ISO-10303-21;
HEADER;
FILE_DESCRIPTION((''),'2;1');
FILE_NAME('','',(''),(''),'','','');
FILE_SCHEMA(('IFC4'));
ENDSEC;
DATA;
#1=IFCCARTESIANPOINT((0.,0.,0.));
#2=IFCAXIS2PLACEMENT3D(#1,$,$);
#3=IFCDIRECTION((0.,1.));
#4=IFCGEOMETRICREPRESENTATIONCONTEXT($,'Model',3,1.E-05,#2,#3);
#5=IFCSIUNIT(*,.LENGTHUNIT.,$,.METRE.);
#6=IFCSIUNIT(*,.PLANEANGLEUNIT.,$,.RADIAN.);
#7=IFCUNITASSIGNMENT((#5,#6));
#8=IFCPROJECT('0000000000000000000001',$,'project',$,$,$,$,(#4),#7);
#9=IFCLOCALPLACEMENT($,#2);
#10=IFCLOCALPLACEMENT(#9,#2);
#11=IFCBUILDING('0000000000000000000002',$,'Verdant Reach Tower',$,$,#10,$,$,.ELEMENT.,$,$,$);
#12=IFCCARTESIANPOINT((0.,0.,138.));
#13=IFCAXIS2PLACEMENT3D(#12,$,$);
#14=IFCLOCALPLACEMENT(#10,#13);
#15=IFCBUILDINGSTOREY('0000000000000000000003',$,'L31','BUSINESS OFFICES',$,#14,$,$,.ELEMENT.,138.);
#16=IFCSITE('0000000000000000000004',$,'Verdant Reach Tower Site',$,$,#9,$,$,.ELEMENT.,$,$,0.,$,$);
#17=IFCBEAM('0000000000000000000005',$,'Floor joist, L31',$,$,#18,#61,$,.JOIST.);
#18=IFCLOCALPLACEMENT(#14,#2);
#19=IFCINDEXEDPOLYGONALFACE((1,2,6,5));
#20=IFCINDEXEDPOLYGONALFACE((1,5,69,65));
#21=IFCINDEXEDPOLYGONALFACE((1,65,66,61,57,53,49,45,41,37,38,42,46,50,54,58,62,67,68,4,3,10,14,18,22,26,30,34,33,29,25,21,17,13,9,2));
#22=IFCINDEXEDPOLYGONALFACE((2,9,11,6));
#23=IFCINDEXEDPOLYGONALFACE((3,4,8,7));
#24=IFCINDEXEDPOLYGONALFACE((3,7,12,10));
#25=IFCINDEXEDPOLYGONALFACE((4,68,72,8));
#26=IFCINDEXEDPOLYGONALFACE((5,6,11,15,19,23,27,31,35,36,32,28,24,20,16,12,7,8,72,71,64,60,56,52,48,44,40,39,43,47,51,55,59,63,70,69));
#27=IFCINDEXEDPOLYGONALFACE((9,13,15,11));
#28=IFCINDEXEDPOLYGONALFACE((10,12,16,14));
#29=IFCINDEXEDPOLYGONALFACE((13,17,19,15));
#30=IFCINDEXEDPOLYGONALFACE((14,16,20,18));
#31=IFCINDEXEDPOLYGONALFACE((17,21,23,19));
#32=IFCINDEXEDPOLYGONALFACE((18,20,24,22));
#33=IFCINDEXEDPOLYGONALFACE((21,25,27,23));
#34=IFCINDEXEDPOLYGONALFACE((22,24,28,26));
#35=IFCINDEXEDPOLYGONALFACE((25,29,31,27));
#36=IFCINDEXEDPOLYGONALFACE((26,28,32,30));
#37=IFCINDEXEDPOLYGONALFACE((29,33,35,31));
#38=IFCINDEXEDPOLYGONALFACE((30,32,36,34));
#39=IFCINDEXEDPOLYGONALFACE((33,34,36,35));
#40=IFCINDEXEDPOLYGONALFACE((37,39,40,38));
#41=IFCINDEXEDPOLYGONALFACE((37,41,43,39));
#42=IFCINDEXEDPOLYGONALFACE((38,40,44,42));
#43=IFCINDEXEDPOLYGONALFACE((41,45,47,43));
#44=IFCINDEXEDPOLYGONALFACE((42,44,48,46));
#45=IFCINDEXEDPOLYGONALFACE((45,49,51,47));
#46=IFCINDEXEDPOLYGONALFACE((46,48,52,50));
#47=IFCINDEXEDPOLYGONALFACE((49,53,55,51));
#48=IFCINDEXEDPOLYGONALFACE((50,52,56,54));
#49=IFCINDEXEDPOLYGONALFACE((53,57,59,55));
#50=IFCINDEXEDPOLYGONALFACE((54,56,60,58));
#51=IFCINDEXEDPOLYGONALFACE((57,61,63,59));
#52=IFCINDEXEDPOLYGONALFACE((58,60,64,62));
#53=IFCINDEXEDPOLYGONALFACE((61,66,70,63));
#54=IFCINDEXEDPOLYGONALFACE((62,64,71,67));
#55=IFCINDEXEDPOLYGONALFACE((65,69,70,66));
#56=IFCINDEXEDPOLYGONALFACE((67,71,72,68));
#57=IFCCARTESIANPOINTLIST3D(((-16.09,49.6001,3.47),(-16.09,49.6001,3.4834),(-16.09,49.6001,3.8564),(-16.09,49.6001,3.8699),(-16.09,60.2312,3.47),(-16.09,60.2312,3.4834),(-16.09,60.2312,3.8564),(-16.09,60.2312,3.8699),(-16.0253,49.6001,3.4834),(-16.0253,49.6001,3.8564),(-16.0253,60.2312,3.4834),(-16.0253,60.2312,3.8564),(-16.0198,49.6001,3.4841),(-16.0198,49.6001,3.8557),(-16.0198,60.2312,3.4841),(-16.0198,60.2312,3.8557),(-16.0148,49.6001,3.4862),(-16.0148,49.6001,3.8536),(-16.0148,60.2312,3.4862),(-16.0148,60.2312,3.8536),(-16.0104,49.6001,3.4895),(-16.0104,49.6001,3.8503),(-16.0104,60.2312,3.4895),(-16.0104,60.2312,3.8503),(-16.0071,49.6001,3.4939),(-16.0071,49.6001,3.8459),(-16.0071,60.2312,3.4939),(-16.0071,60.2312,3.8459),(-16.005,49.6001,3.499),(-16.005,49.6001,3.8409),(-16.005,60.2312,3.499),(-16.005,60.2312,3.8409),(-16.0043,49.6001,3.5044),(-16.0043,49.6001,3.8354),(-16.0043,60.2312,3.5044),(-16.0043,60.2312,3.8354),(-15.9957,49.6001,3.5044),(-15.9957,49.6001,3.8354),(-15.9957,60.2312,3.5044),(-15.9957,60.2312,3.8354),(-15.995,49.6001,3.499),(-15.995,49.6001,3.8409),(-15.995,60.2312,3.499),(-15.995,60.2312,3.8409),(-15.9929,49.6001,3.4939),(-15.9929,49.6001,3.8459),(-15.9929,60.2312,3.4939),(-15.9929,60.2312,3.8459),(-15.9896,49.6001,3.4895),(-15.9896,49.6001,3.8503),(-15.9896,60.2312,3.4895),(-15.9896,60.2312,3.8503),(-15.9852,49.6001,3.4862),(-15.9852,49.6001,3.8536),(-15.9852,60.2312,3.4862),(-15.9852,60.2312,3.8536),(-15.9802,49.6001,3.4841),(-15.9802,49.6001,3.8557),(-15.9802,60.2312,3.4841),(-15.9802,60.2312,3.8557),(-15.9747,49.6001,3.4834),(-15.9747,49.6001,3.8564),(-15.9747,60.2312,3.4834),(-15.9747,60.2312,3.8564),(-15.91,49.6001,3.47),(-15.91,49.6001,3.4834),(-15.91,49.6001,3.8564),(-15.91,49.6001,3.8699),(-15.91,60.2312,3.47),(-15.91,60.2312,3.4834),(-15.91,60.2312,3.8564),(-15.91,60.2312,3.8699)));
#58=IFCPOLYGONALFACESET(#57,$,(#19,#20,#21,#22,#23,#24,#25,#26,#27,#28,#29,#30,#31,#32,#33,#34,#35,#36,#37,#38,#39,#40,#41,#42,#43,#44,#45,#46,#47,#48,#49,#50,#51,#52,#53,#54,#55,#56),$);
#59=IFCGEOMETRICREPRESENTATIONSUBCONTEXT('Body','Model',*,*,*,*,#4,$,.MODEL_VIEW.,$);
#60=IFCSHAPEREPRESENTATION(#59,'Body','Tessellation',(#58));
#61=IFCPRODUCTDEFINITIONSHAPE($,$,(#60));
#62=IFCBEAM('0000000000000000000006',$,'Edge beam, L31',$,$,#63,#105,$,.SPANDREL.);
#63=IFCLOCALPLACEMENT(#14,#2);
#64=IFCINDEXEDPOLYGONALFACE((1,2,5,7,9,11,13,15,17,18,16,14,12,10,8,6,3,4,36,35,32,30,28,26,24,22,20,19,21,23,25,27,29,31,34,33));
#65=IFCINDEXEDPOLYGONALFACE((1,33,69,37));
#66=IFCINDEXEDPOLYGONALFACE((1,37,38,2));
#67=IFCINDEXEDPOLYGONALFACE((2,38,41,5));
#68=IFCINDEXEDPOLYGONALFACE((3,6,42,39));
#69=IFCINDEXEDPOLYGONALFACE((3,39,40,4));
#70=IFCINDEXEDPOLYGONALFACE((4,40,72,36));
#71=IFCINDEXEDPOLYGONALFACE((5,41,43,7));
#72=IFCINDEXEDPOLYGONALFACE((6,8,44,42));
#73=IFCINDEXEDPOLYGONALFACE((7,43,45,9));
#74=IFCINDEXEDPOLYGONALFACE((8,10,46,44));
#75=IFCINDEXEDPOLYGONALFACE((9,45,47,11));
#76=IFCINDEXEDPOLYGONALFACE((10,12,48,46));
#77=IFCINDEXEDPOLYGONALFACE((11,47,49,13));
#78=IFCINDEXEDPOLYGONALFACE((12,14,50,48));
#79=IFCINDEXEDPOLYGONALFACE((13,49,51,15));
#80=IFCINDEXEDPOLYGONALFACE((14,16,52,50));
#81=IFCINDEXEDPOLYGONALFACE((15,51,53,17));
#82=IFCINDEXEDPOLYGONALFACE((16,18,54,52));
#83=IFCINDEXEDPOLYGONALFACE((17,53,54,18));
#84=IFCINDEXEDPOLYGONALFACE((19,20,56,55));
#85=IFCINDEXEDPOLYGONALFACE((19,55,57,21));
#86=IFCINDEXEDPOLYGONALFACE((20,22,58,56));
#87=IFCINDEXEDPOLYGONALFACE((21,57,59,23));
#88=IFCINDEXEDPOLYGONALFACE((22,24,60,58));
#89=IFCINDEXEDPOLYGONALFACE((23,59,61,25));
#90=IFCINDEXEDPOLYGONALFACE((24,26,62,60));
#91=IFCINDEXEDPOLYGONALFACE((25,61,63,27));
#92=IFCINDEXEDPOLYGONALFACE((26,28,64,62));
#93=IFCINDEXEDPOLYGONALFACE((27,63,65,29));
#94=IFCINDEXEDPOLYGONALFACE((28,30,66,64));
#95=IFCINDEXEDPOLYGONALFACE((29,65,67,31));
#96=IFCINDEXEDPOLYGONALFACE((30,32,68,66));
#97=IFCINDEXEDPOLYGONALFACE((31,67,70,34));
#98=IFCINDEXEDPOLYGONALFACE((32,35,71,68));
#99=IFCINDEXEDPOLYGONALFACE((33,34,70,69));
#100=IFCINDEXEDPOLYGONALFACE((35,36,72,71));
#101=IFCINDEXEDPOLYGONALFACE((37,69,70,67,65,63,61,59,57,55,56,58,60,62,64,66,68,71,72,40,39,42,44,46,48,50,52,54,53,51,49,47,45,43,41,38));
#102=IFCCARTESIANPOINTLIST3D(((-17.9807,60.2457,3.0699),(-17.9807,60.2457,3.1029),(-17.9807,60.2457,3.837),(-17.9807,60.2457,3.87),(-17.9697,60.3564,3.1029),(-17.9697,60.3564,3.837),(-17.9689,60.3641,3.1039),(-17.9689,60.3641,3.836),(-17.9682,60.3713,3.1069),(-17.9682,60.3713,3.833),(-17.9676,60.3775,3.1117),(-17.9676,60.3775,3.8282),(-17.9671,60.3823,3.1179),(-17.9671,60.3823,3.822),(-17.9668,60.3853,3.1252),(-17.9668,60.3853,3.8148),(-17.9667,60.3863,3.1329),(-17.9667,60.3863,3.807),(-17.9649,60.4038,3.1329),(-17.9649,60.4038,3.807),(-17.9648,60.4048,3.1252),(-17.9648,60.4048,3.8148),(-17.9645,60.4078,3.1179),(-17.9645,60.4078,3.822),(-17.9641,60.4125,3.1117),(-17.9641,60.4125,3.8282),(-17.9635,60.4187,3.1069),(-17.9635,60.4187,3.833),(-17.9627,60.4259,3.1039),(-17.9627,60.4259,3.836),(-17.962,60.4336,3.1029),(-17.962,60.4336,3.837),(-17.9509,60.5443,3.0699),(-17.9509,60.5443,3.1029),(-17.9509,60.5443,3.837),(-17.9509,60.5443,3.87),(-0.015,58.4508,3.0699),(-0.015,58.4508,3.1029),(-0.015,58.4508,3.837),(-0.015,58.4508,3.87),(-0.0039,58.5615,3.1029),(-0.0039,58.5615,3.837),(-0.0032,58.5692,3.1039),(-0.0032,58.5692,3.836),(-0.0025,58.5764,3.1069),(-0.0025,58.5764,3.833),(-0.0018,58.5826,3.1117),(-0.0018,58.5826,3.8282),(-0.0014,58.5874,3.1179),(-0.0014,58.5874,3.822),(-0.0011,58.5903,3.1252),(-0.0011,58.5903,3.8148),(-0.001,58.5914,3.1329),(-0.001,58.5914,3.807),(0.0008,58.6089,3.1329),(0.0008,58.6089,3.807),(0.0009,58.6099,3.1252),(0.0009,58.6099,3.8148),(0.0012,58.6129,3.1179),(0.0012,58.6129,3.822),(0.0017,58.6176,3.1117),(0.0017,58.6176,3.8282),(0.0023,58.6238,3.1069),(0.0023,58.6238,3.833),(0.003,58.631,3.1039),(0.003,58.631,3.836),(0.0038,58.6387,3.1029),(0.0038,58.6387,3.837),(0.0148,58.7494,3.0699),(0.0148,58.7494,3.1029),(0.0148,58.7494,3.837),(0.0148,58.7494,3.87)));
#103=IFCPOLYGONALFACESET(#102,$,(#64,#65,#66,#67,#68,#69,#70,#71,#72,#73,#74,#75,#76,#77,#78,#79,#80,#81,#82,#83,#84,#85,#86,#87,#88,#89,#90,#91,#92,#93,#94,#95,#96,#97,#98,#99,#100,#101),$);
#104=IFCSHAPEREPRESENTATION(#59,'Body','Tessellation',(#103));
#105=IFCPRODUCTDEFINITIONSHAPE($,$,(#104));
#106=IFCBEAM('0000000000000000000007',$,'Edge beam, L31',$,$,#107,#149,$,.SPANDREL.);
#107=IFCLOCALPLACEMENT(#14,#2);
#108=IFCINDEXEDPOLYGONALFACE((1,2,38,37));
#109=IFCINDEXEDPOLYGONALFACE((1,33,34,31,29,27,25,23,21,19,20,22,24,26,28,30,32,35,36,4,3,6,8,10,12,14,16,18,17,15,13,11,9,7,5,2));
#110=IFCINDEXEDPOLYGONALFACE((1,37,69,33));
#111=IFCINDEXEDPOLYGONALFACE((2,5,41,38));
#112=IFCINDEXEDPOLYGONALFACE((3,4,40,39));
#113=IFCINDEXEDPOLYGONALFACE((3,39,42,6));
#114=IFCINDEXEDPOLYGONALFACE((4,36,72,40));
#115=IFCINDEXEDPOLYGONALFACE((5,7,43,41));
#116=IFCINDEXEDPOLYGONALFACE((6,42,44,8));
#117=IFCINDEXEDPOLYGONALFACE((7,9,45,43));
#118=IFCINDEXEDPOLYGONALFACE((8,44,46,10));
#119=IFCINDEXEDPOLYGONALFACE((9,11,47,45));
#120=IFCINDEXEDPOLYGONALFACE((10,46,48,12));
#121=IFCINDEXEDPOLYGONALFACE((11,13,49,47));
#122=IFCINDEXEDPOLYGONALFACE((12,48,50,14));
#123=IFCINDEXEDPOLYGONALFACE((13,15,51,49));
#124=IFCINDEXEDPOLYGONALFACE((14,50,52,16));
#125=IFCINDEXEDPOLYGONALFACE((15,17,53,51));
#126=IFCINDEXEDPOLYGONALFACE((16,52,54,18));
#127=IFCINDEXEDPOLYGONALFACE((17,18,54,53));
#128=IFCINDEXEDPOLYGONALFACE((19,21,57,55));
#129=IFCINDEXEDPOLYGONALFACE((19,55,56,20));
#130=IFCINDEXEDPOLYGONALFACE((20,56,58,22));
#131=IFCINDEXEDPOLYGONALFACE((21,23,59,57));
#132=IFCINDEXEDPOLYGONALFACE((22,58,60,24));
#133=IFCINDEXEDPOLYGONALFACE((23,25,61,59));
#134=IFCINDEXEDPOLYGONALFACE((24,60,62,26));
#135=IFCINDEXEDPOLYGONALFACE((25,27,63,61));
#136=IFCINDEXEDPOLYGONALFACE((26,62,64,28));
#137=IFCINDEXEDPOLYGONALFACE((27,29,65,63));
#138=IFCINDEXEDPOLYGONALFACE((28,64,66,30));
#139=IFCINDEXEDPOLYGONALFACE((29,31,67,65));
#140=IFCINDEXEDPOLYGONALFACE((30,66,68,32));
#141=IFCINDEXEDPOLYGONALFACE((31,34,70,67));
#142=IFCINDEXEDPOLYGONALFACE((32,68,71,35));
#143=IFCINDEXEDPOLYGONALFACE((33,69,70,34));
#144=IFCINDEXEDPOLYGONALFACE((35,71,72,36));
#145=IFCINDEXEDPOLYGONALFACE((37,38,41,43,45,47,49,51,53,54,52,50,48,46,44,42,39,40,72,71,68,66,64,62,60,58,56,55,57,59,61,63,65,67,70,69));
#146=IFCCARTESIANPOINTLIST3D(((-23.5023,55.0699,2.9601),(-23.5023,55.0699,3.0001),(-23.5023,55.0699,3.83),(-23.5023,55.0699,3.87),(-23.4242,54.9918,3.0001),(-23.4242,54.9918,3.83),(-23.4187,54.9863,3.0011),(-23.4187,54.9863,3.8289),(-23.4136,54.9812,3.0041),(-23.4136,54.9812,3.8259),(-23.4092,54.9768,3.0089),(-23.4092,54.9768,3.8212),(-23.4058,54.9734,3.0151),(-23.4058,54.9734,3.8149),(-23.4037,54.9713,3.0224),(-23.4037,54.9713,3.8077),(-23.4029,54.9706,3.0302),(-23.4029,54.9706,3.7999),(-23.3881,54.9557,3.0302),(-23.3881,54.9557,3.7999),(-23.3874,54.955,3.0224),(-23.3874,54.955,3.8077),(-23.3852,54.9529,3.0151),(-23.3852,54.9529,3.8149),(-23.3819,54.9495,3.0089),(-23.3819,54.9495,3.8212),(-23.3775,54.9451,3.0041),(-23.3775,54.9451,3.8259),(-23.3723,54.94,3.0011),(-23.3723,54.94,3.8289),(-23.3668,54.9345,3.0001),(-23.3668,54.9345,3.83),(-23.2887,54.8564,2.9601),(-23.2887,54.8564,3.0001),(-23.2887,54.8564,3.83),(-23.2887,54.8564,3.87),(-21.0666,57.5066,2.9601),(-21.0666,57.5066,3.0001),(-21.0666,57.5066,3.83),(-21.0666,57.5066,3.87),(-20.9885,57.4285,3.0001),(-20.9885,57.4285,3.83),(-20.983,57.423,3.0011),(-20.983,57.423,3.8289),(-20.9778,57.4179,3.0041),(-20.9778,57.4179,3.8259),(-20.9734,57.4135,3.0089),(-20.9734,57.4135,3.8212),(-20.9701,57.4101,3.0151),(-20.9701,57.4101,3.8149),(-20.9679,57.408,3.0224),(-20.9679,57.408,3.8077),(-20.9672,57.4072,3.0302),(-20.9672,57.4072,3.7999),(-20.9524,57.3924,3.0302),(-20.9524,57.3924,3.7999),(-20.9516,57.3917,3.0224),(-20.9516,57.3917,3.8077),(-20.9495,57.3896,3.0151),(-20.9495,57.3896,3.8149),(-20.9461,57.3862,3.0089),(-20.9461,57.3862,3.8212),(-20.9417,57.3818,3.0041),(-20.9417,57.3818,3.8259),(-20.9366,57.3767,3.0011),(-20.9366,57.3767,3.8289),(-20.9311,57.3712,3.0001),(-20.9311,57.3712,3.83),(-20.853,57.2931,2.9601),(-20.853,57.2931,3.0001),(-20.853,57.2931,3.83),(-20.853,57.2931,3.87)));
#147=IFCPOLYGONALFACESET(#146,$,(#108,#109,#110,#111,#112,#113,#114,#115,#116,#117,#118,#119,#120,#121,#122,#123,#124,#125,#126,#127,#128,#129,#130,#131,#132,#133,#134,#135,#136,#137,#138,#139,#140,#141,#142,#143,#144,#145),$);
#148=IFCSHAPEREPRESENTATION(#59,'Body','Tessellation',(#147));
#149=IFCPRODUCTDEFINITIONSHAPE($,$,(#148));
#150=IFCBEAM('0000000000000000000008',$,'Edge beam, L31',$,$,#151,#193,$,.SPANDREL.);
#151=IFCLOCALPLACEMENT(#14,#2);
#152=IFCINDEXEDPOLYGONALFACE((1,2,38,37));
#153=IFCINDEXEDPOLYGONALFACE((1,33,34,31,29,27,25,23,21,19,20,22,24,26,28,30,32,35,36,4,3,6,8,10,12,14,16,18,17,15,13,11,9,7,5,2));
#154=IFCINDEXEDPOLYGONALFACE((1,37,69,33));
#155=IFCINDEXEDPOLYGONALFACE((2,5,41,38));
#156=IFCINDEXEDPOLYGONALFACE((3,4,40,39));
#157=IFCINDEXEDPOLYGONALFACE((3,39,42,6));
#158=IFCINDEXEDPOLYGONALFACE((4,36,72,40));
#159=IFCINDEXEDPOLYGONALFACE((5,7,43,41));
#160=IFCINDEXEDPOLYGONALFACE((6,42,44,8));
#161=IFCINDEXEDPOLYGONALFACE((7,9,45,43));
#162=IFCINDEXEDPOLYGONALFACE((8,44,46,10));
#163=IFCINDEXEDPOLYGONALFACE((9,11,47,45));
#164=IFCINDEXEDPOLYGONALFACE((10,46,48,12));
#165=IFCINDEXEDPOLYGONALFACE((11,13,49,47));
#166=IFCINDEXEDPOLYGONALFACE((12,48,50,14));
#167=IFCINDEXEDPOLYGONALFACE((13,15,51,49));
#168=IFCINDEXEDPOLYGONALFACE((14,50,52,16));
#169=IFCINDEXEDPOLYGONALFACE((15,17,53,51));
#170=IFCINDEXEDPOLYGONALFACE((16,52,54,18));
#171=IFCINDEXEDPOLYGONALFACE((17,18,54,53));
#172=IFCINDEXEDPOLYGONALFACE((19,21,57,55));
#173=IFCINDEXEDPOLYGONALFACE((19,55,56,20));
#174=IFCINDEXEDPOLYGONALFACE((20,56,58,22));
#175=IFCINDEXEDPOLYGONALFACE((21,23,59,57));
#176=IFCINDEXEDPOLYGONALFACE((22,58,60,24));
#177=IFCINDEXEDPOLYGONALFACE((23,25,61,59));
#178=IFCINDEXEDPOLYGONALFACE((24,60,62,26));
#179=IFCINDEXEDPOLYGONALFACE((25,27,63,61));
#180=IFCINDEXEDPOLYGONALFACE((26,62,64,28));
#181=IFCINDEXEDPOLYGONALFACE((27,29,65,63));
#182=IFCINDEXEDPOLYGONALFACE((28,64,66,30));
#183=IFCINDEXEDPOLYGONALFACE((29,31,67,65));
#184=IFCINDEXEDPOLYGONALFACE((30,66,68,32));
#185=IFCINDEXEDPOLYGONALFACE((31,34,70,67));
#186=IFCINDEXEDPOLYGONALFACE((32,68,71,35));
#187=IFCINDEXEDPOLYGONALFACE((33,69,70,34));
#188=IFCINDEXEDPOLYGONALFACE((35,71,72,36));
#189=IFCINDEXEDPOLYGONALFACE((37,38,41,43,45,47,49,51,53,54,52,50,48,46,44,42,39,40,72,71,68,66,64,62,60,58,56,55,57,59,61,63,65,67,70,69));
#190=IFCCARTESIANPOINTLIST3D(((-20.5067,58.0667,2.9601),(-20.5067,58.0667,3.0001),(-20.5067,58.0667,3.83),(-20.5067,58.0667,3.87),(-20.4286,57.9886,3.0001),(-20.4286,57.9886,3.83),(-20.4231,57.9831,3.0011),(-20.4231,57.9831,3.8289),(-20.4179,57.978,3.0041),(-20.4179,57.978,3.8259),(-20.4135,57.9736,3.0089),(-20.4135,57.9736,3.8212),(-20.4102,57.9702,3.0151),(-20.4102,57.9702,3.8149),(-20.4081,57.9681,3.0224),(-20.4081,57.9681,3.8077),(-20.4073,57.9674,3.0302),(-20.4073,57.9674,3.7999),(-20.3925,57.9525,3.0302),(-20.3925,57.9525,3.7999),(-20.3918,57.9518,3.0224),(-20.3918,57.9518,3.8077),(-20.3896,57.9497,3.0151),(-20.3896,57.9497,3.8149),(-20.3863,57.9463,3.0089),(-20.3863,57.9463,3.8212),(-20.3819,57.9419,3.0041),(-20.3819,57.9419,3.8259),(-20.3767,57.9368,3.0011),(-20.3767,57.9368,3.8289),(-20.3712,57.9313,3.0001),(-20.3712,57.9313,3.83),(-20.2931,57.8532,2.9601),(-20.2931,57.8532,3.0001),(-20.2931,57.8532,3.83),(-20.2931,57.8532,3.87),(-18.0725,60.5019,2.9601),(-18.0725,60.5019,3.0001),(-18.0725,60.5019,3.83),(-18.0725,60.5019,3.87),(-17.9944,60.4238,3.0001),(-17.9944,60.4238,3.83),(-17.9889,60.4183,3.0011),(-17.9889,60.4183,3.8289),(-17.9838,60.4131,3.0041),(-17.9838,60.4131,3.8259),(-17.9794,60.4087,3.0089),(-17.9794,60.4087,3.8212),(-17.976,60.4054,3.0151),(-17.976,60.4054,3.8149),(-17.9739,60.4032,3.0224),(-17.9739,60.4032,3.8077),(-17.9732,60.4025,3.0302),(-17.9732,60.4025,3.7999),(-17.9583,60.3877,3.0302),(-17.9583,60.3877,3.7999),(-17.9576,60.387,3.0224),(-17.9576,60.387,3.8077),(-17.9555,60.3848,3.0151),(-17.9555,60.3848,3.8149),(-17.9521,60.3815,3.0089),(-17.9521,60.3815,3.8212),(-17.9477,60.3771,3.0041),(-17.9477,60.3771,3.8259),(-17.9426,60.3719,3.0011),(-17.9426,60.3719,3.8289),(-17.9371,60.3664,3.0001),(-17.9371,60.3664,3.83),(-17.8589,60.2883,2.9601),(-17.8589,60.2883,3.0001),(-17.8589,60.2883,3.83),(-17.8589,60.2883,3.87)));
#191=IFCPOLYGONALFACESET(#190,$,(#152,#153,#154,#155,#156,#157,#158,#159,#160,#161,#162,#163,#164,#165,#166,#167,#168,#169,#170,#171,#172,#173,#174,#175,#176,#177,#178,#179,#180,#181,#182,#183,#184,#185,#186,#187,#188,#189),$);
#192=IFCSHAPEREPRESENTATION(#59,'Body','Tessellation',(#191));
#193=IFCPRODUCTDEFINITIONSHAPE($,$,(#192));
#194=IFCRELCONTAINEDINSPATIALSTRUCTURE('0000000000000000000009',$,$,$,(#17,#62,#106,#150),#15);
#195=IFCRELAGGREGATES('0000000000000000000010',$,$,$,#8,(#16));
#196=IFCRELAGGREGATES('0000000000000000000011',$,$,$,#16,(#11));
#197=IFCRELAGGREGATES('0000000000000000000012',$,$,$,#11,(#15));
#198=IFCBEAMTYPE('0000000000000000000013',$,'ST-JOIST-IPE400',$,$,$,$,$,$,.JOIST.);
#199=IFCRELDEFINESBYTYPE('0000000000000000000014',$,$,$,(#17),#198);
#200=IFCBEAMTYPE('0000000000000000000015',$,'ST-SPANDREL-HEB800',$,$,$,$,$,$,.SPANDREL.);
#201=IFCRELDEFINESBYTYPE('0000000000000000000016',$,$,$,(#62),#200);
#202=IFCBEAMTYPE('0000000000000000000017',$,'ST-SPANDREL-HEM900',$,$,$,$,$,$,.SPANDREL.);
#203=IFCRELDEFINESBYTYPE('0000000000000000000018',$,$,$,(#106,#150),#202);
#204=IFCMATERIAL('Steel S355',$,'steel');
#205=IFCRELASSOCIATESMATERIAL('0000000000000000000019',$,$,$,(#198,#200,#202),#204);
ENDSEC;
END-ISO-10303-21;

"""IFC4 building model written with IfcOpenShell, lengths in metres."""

from ifc_helpers import new_model, si_unit, direction, frame, origin, origin_2d, place, context, subcontext, project, spatial, i_section, extrude, material, material_profile, profile_set, type_object, element, save


model = new_model("IFC4")

# Units and contexts
model_context = context("Model", 3, precision=1e-05, world=origin(), true_north=direction((0.0, 1.0)))
body_context = subcontext(model_context, "Body", "Model", "MODEL_VIEW")
ifc_project = project(units=[si_unit("LENGTHUNIT", "METRE"), si_unit("PLANEANGLEUNIT", "RADIAN")], contexts=[model_context])

# Site, building, storey
site_placement = place(None, origin())
site = spatial("IfcSite", under=ifc_project, at=site_placement, Name="Verdant Reach Tower Site", CompositionType="ELEMENT", RefElevation=0.0)
building_placement = place(site_placement, origin())
building = spatial("IfcBuilding", under=site, at=building_placement, Name="Verdant Reach Tower", CompositionType="ELEMENT")
storey_placement = place(building_placement, frame((0.0, 0.0, 138.0)))
storey = spatial("IfcBuildingStorey", under=building, at=storey_placement, Name="L31", Description="BUSINESS OFFICES", CompositionType="ELEMENT", Elevation=138.0)

# Beams
ifc_material_1 = material(Name="Steel S355", Category="steel")
ifc_material_profile_1 = material_profile(ifc_material_1, i_section(OverallWidth=0.1799, OverallDepth=0.3999, WebThickness=0.0085, FlangeThickness=0.0134, FilletRadius=0.021, at=origin_2d()), Name="IPE 400")
ifc_profile_set_1 = profile_set([ifc_material_profile_1], Name="Steel S355")
beam_type_1 = type_object("IfcBeamType", Name="ST-JOIST-IPE400", PredefinedType="JOIST", material=ifc_profile_set_1)
beam_1_placement = place(storey_placement, frame((-16.0, 49.6001, 3.6699), z_axis=(0.0, 1.0, 0.0), x_axis=(-1.0, 0.0, 0.0)))
element("IfcBeam", 1, at=beam_1_placement, inside=storey, type_object=beam_type_1, Name="Floor joist, L31", PredefinedType="JOIST", context=body_context, shape_type="SweptSolid", body=[
    extrude(i_section(OverallWidth=0.1799, OverallDepth=0.3999, WebThickness=0.0085, FlangeThickness=0.0134, FilletRadius=0.021, at=origin_2d()), origin(), (0.0, 0.0, 1.0), 10.6311),
])
ifc_material_profile_2 = material_profile(ifc_material_1, i_section(OverallWidth=0.3, OverallDepth=0.8, WebThickness=0.0176, FlangeThickness=0.033, FilletRadius=0.03, at=origin_2d()), Name="HEB 800")
ifc_profile_set_2 = profile_set([ifc_material_profile_2], Name="Steel S355")
beam_type_2 = type_object("IfcBeamType", Name="ST-SPANDREL-HEB800", PredefinedType="SPANDREL", material=ifc_profile_set_2)
beam_2_placement = place(storey_placement, frame((-17.9658, 60.395, 3.47), z_axis=(0.995046, -0.099413, 0.0), x_axis=(0.099413, 0.995046, 0.0)))
element("IfcBeam", 2, at=beam_2_placement, inside=storey, type_object=beam_type_2, Name="Edge beam, L31", PredefinedType="SPANDREL", context=body_context, shape_type="SweptSolid", body=[
    extrude(i_section(OverallWidth=0.3, OverallDepth=0.8, WebThickness=0.0176, FlangeThickness=0.033, FilletRadius=0.03, at=origin_2d()), origin(), (0.0, 0.0, 1.0), 18.0552),
])
ifc_material_profile_3 = material_profile(ifc_material_1, i_section(OverallWidth=0.302, OverallDepth=0.9099, WebThickness=0.021, FlangeThickness=0.04, FilletRadius=0.03, at=origin_2d()), Name="HEM 900")
ifc_profile_set_3 = profile_set([ifc_material_profile_3], Name="Steel S355")
beam_type_3 = type_object("IfcBeamType", Name="ST-SPANDREL-HEM900", PredefinedType="SPANDREL", material=ifc_profile_set_3)
beam_3_placement = place(storey_placement, frame((-23.3955, 54.9631, 3.415), z_axis=(0.706965, 0.707248, 0.0), x_axis=(-0.707248, 0.706965, 0.0)))
element("IfcBeam", 3, at=beam_3_placement, inside=storey, type_object=beam_type_3, Name="Edge beam, L31", PredefinedType="SPANDREL", context=body_context, shape_type="SweptSolid", body=[
    extrude(i_section(OverallWidth=0.302, OverallDepth=0.9099, WebThickness=0.021, FlangeThickness=0.04, FilletRadius=0.03, at=origin_2d()), origin(), (0.0, 0.0, 1.0), 3.4453),
])
beam_4_placement = place(storey_placement, frame((-20.3999, 57.96, 3.415), z_axis=(0.706965, 0.707249, 0.0), x_axis=(-0.707249, 0.706965, 0.0)))
element("IfcBeam", 4, at=beam_4_placement, inside=storey, type_object=beam_type_3, Name="Edge beam, L31", PredefinedType="SPANDREL", context=body_context, shape_type="SweptSolid", body=[
    extrude(i_section(OverallWidth=0.302, OverallDepth=0.9099, WebThickness=0.021, FlangeThickness=0.04, FilletRadius=0.03, at=origin_2d()), origin(), (0.0, 0.0, 1.0), 3.4431),
])

save(model, "model.ifc")
